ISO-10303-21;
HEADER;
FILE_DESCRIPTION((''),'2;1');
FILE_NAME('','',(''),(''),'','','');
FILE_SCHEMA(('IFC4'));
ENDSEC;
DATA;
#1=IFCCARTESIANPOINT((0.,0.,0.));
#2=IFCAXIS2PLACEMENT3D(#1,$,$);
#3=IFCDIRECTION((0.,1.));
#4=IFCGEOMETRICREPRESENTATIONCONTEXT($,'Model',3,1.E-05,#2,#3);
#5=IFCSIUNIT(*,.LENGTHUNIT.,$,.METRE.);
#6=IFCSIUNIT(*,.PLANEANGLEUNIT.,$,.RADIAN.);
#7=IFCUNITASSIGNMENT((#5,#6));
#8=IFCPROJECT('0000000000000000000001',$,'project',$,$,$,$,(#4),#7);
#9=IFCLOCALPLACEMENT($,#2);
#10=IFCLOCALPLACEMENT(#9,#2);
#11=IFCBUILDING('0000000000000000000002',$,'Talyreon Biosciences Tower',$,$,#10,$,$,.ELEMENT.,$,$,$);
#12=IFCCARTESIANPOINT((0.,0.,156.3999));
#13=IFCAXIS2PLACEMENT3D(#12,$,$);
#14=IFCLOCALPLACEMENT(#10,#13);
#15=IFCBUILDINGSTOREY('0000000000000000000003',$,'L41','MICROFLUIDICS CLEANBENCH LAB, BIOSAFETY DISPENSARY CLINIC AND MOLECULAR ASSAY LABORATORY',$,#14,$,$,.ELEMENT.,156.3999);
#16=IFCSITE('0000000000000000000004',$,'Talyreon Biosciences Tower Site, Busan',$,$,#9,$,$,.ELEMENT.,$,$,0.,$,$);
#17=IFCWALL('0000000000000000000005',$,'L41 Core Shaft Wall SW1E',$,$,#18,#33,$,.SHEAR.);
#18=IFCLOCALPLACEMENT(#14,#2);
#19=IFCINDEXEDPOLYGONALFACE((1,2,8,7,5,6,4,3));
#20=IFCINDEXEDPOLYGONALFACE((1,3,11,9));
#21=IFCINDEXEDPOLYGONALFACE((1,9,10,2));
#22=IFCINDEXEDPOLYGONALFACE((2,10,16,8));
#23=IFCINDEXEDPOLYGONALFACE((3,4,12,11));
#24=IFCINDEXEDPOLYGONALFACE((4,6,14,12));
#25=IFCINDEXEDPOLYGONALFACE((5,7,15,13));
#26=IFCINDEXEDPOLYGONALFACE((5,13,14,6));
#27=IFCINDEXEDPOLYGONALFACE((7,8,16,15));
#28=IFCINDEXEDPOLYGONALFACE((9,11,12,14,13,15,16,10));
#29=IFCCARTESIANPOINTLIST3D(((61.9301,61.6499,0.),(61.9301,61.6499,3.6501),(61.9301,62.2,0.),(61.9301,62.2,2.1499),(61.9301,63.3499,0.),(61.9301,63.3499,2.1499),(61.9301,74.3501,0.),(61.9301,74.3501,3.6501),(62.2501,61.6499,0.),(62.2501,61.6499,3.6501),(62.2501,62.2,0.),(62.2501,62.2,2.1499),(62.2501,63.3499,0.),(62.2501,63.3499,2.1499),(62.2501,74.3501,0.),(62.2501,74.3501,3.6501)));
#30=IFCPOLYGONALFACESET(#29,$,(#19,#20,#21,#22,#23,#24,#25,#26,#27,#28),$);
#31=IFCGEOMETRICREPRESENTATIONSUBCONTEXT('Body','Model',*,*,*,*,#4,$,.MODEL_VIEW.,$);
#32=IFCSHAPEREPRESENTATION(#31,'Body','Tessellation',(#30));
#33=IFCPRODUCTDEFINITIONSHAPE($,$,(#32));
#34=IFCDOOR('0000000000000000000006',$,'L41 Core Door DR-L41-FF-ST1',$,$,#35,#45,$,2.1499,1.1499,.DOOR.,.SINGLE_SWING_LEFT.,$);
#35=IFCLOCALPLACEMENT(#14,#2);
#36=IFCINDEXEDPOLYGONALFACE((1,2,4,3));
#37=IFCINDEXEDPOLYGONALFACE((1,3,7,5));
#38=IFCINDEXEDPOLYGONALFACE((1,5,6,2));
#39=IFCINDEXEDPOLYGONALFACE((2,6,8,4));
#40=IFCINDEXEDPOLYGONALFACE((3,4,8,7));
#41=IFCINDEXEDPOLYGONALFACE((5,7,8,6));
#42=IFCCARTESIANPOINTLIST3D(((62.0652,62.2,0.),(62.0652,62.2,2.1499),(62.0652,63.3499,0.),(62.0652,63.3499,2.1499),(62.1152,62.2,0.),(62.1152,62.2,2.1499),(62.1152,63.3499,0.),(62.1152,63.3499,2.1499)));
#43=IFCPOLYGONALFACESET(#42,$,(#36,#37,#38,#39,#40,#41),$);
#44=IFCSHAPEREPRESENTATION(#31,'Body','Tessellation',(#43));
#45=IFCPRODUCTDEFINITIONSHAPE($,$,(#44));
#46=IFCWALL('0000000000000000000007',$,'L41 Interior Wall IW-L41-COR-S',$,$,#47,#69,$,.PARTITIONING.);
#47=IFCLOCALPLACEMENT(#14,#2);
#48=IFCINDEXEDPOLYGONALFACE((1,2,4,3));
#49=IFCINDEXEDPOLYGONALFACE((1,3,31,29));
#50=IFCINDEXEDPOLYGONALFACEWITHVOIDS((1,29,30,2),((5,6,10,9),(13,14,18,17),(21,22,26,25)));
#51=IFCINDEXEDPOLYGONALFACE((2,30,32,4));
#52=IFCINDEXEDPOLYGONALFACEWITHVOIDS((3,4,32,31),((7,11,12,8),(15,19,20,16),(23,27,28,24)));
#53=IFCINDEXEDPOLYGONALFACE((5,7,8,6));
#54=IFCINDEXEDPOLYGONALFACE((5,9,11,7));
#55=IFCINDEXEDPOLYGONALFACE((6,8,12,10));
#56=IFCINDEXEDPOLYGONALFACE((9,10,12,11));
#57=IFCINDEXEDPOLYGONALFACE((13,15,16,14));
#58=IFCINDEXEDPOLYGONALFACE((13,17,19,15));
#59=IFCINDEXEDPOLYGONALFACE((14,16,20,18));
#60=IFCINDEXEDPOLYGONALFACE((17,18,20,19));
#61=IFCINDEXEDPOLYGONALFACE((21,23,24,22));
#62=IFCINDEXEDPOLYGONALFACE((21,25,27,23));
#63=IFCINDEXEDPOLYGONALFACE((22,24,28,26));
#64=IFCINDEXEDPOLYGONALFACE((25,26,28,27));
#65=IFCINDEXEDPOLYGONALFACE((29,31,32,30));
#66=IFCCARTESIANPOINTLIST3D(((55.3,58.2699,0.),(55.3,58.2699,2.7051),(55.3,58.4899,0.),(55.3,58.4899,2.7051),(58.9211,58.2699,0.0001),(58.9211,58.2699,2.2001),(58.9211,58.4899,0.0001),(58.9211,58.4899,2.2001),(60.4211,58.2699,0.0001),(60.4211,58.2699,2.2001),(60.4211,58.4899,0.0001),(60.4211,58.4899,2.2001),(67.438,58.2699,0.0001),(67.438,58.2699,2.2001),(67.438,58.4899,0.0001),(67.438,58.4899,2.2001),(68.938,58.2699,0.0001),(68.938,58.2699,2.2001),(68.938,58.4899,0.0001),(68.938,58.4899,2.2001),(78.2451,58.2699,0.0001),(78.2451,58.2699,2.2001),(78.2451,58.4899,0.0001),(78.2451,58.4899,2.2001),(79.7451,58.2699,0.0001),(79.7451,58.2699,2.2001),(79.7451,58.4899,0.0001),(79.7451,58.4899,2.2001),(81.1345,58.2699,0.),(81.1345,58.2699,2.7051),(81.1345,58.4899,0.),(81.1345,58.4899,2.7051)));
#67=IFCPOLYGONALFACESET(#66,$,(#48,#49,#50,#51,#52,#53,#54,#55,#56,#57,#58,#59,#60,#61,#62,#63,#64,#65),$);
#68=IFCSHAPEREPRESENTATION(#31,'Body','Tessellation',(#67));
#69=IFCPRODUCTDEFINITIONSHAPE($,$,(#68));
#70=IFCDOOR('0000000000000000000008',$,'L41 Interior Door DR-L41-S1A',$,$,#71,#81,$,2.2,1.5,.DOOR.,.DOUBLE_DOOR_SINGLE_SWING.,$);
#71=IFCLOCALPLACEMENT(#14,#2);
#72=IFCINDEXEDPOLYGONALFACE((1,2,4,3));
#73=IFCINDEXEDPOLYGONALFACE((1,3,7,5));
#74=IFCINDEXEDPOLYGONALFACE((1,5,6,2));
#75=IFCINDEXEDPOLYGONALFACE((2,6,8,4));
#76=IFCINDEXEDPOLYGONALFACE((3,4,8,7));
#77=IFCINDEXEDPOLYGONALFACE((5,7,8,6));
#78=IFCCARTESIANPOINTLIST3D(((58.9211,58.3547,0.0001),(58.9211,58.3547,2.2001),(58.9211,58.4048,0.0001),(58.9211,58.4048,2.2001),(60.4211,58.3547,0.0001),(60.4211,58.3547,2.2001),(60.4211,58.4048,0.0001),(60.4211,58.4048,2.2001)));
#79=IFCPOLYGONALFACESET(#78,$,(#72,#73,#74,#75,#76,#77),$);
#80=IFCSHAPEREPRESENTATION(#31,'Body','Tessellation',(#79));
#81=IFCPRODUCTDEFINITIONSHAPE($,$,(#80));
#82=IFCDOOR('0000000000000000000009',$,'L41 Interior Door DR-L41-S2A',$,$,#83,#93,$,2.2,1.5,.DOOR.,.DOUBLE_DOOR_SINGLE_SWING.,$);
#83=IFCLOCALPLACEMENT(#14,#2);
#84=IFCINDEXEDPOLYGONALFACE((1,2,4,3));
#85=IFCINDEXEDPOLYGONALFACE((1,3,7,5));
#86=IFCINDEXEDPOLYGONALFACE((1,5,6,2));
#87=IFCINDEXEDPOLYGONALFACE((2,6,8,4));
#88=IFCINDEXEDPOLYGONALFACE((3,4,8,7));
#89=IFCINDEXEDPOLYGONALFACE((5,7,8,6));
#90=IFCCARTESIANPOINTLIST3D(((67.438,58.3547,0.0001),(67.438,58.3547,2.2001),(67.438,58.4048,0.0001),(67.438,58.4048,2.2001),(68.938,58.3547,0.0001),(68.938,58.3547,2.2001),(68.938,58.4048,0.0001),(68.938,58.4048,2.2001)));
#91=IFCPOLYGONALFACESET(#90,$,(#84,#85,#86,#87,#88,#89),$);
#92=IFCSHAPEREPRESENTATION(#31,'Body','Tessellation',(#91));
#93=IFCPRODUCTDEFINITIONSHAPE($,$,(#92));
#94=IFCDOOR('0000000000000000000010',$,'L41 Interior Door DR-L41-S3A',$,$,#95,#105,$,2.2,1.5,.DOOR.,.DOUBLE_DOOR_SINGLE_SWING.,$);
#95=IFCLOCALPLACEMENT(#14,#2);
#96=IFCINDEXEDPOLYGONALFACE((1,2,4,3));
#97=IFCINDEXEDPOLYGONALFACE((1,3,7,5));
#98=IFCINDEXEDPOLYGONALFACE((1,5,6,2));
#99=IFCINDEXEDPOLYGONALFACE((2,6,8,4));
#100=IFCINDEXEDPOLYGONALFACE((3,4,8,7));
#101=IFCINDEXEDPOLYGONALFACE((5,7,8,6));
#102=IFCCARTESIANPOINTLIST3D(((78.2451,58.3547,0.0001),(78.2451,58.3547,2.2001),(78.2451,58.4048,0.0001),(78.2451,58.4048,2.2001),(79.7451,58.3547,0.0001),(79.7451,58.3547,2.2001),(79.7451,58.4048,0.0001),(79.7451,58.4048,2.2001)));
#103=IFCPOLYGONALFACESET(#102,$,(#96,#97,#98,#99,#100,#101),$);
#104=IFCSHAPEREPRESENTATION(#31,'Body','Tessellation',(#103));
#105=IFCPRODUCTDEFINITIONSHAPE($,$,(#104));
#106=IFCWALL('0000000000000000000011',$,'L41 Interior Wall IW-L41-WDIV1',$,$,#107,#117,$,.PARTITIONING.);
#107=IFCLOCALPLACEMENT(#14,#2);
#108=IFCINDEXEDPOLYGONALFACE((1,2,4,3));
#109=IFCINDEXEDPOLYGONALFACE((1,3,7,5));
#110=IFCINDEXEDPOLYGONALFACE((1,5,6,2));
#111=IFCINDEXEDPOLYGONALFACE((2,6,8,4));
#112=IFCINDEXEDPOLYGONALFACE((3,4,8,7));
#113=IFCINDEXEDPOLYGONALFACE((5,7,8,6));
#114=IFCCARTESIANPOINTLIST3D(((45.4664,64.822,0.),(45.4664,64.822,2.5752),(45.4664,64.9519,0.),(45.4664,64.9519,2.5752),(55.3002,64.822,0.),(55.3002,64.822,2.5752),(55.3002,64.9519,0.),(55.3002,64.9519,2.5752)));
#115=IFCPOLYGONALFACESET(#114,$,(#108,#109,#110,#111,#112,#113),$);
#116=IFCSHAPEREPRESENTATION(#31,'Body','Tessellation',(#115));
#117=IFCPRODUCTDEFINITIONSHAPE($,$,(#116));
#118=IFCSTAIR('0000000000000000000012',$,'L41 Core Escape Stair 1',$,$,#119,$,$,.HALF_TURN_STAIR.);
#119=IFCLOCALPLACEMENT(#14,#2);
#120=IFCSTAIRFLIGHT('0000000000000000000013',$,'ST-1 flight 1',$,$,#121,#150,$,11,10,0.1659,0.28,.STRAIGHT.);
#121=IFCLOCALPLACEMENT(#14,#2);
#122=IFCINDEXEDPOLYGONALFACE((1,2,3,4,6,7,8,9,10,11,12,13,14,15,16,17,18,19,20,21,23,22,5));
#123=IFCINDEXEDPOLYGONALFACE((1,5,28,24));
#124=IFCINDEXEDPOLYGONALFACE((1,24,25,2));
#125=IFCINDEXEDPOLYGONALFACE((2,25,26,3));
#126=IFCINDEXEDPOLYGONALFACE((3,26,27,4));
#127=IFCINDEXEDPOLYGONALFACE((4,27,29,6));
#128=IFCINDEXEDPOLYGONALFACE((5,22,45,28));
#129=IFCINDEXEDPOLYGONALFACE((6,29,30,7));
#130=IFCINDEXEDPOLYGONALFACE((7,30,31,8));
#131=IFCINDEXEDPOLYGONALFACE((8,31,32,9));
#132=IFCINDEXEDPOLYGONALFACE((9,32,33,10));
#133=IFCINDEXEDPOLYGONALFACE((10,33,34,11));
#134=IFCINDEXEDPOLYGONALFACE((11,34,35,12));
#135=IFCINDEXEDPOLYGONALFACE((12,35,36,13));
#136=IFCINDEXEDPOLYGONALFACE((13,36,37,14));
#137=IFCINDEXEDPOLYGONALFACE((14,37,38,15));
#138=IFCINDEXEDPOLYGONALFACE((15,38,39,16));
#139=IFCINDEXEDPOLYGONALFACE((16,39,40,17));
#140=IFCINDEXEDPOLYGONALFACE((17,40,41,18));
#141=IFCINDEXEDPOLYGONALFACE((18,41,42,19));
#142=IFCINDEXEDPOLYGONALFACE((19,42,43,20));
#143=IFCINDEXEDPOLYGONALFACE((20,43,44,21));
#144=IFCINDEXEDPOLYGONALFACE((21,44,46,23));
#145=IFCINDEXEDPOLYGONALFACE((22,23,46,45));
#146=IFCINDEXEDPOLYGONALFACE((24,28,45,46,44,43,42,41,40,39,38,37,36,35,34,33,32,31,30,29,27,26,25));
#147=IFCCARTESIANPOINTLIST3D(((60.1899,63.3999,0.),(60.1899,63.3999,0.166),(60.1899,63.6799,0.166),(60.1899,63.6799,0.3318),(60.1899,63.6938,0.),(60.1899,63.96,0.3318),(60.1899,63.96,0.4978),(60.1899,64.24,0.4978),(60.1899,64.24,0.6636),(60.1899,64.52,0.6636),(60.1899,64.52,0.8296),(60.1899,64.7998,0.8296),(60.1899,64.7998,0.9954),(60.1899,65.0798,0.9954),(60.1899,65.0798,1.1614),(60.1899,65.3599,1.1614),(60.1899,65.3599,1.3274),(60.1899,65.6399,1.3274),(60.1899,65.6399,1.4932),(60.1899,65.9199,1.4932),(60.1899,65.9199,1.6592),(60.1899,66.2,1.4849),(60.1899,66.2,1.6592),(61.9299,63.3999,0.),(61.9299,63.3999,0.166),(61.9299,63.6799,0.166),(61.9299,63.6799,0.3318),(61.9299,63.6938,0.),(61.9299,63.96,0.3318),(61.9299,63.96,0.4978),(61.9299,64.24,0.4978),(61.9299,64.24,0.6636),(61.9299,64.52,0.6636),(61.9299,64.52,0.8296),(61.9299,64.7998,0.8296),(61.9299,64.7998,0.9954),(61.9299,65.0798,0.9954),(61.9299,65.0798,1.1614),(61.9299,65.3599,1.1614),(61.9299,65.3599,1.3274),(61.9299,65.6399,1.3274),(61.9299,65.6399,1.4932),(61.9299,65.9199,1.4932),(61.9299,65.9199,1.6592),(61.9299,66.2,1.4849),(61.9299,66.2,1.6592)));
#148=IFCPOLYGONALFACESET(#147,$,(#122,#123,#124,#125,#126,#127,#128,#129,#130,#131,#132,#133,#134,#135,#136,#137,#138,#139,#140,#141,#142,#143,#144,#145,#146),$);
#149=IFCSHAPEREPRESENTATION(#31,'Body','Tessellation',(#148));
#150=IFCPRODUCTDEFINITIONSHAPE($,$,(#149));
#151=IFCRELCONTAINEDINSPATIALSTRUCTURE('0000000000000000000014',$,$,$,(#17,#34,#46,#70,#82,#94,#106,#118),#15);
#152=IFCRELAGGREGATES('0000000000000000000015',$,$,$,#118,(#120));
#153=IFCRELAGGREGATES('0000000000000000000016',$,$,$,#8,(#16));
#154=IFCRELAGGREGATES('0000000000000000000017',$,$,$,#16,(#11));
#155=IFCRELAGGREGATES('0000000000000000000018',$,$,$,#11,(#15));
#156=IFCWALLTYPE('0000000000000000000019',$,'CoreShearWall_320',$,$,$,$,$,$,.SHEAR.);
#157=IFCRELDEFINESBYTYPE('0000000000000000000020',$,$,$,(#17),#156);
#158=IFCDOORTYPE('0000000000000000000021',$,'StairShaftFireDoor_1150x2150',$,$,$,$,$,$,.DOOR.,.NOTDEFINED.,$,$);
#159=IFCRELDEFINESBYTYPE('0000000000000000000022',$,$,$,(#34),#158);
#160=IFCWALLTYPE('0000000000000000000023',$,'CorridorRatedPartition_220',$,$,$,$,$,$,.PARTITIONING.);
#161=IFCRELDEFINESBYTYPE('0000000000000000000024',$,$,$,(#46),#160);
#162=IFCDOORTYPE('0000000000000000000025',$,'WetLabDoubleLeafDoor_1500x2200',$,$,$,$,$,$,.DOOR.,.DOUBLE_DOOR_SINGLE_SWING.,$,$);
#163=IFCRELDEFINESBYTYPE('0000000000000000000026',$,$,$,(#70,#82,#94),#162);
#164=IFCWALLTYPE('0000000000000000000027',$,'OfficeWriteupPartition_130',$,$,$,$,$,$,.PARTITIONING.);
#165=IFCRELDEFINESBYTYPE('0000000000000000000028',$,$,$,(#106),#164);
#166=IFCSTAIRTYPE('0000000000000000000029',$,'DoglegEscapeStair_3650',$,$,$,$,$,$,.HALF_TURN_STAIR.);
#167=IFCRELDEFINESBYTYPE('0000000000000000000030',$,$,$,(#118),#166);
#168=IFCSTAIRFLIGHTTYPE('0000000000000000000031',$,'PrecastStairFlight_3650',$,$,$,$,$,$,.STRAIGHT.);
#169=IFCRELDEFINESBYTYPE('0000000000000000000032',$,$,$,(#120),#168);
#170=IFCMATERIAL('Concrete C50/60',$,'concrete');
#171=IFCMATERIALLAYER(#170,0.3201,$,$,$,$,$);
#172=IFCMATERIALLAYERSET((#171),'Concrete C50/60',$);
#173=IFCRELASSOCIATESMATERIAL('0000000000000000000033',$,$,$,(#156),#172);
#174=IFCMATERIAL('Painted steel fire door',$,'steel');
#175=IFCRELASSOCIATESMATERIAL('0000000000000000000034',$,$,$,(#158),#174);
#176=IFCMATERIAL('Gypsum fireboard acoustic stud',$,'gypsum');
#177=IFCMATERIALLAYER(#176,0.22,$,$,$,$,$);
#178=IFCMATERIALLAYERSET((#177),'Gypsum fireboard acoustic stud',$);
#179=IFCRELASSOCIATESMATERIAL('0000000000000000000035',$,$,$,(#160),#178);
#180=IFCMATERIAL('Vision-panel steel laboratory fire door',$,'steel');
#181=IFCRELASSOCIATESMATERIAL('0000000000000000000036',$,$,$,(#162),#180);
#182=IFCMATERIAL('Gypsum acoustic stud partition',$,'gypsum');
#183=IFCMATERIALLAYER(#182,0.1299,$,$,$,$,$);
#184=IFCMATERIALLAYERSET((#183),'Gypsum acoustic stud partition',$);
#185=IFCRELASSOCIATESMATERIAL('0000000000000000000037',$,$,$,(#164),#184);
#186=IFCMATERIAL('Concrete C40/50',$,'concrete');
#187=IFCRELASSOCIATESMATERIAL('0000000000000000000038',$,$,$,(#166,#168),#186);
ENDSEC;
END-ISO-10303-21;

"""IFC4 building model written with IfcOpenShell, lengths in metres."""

from ifc_helpers import new_model, si_unit, direction, frame, frame_2d, origin, place, context, subcontext, project, spatial, polyline, rectangle, outline, extrude, material, layer, layer_set, type_object, element, fill, aggregate, save


model = new_model("IFC4")

# Units and contexts
model_context = context("Model", 3, precision=1e-05, world=origin(), true_north=direction((0.0, 1.0)))
body_context = subcontext(model_context, "Body", "Model", "MODEL_VIEW")
ifc_project = project(units=[si_unit("LENGTHUNIT", "METRE"), si_unit("PLANEANGLEUNIT", "RADIAN")], contexts=[model_context])

# Site, building, storey
site_placement = place(None, origin())
site = spatial("IfcSite", under=ifc_project, at=site_placement, Name="Talyreon Biosciences Tower Site, Busan", CompositionType="ELEMENT", RefElevation=0.0)
building_placement = place(site_placement, origin())
building = spatial("IfcBuilding", under=site, at=building_placement, Name="Talyreon Biosciences Tower", CompositionType="ELEMENT")
storey_placement = place(building_placement, frame((0.0, 0.0, 156.3999)))
storey = spatial("IfcBuildingStorey", under=building, at=storey_placement, Name="L41", Description="MICROFLUIDICS CLEANBENCH LAB, BIOSAFETY DISPENSARY CLINIC AND MOLECULAR ASSAY LABORATORY", CompositionType="ELEMENT", Elevation=156.3999)

# Shared definitions
ifc_material_1 = material(Name="Concrete C50/60", Category="concrete")

# Wall, opening, door
ifc_layer_1 = layer(ifc_material_1, 0.3201)
ifc_layer_set_1 = layer_set([ifc_layer_1], Name="Concrete C50/60")
wall_type_1 = type_object("IfcWallType", Name="CoreShearWall_320", PredefinedType="SHEAR", material=ifc_layer_set_1)
wall_1_placement = place(storey_placement, frame((62.0901, 61.6499, 0.0), z_axis=(0.0, 0.0, 1.0), x_axis=(0.0, 1.0, 0.0)))
wall_1 = element("IfcWall", 1, at=wall_1_placement, inside=storey, type_object=wall_type_1, Name="L41 Core Shaft Wall SW1E", PredefinedType="SHEAR", context=body_context, shape_type="SweptSolid", body=[
    extrude(rectangle(XDim=12.7002, YDim=0.3201, at=frame_2d((6.3501, 0.0))), origin(), (0.0, 0.0, 1.0), 3.6501),
])
opening_1_placement = place(wall_1_placement, frame((0.55, 0.0, 0.0)))
opening_1 = element("IfcOpeningElement", 2, at=opening_1_placement, cuts=wall_1, PredefinedType="OPENING", context=body_context, shape_type="SweptSolid", body=[
    extrude(rectangle(XDim=1.1499, YDim=2.1499, at=frame_2d((0.575, 1.075))), frame((0.0, 0.1699, 0.0), z_axis=(0.0, -1.0, 0.0), x_axis=(1.0, 0.0, 0.0)), (0.0, 0.0, 1.0), 0.3401),
])
ifc_material_2 = material(Name="Painted steel fire door", Category="steel")
door_type_1 = type_object("IfcDoorType", Name="StairShaftFireDoor_1150x2150", OperationType="NOTDEFINED", PredefinedType="DOOR", material=ifc_material_2)
door_1_placement = place(opening_1_placement, origin())
door_1 = element("IfcDoor", 3, at=door_1_placement, inside=storey, type_object=door_type_1, Name="L41 Core Door DR-L41-FF-ST1", OperationType="SINGLE_SWING_LEFT", OverallHeight=2.1499, OverallWidth=1.1499, PredefinedType="DOOR", context=body_context, shape_type="SweptSolid", body=[
    extrude(rectangle(XDim=1.1499, YDim=2.1499, at=frame_2d((0.575, 1.075))), frame((0.0, 0.0249, 0.0), z_axis=(0.0, -1.0, 0.0), x_axis=(1.0, 0.0, 0.0)), (0.0, 0.0, 1.0), 0.05),
])
fill(opening_1, door_1)

# Wall, openings, doors
ifc_material_3 = material(Name="Gypsum fireboard acoustic stud", Category="gypsum")
ifc_layer_2 = layer(ifc_material_3, 0.22)
ifc_layer_set_2 = layer_set([ifc_layer_2], Name="Gypsum fireboard acoustic stud")
wall_type_2 = type_object("IfcWallType", Name="CorridorRatedPartition_220", PredefinedType="PARTITIONING", material=ifc_layer_set_2)
wall_2_placement = place(storey_placement, frame((55.3, 58.3799, 0.0), z_axis=(0.0, 0.0, 1.0), x_axis=(1.0, 0.0, 0.0)))
wall_2 = element("IfcWall", 4, at=wall_2_placement, inside=storey, type_object=wall_type_2, Name="L41 Interior Wall IW-L41-COR-S", PredefinedType="PARTITIONING", context=body_context, shape_type="SweptSolid", body=[
    extrude(rectangle(XDim=25.8345, YDim=0.22, at=frame_2d((12.9172, 0.0))), origin(), (0.0, 0.0, 1.0), 2.7051),
])
opening_2_placement = place(wall_2_placement, frame((3.6211, 0.0, 0.0)))
opening_2 = element("IfcOpeningElement", 5, at=opening_2_placement, cuts=wall_2, PredefinedType="OPENING", context=body_context, shape_type="SweptSolid", body=[
    extrude(rectangle(XDim=1.5, YDim=2.2, at=frame_2d((0.75, 1.1001))), frame((0.0, 0.1199, 0.0), z_axis=(0.0, -1.0, 0.0), x_axis=(1.0, 0.0, 0.0)), (0.0, 0.0, 1.0), 0.24),
])
opening_3_placement = place(wall_2_placement, frame((12.1379, 0.0, 0.0)))
opening_3 = element("IfcOpeningElement", 6, at=opening_3_placement, cuts=wall_2, PredefinedType="OPENING", context=body_context, shape_type="SweptSolid", body=[
    extrude(rectangle(XDim=1.5, YDim=2.2, at=frame_2d((0.75, 1.1001))), frame((0.0, 0.1199, 0.0), z_axis=(0.0, -1.0, 0.0), x_axis=(1.0, 0.0, 0.0)), (0.0, 0.0, 1.0), 0.24),
])
opening_4_placement = place(wall_2_placement, frame((22.9451, 0.0, 0.0)))
opening_4 = element("IfcOpeningElement", 7, at=opening_4_placement, cuts=wall_2, PredefinedType="OPENING", context=body_context, shape_type="SweptSolid", body=[
    extrude(rectangle(XDim=1.5, YDim=2.2, at=frame_2d((0.75, 1.1001))), frame((0.0, 0.1199, 0.0), z_axis=(0.0, -1.0, 0.0), x_axis=(1.0, 0.0, 0.0)), (0.0, 0.0, 1.0), 0.24),
])
ifc_material_4 = material(Name="Vision-panel steel laboratory fire door", Category="steel")
door_type_2 = type_object("IfcDoorType", Name="WetLabDoubleLeafDoor_1500x2200", OperationType="DOUBLE_DOOR_SINGLE_SWING", PredefinedType="DOOR", material=ifc_material_4)
door_2_placement = place(opening_2_placement, origin())
door_2 = element("IfcDoor", 8, at=door_2_placement, inside=storey, type_object=door_type_2, Name="L41 Interior Door DR-L41-S1A", OperationType="DOUBLE_DOOR_SINGLE_SWING", OverallHeight=2.2, OverallWidth=1.5, PredefinedType="DOOR", context=body_context, shape_type="SweptSolid", body=[
    extrude(rectangle(XDim=1.5, YDim=2.2, at=frame_2d((0.75, 1.1001))), frame((0.0, 0.0249, 0.0), z_axis=(0.0, -1.0, 0.0), x_axis=(1.0, 0.0, 0.0)), (0.0, 0.0, 1.0), 0.05),
])
fill(opening_2, door_2)
door_3_placement = place(opening_3_placement, origin())
door_3 = element("IfcDoor", 9, at=door_3_placement, inside=storey, type_object=door_type_2, Name="L41 Interior Door DR-L41-S2A", OperationType="DOUBLE_DOOR_SINGLE_SWING", OverallHeight=2.2, OverallWidth=1.5, PredefinedType="DOOR", context=body_context, shape_type="SweptSolid", body=[
    extrude(rectangle(XDim=1.5, YDim=2.2, at=frame_2d((0.75, 1.1001))), frame((0.0, 0.0249, 0.0), z_axis=(0.0, -1.0, 0.0), x_axis=(1.0, 0.0, 0.0)), (0.0, 0.0, 1.0), 0.05),
])
fill(opening_3, door_3)
door_4_placement = place(opening_4_placement, origin())
door_4 = element("IfcDoor", 10, at=door_4_placement, inside=storey, type_object=door_type_2, Name="L41 Interior Door DR-L41-S3A", OperationType="DOUBLE_DOOR_SINGLE_SWING", OverallHeight=2.2, OverallWidth=1.5, PredefinedType="DOOR", context=body_context, shape_type="SweptSolid", body=[
    extrude(rectangle(XDim=1.5, YDim=2.2, at=frame_2d((0.75, 1.1001))), frame((0.0, 0.0249, 0.0), z_axis=(0.0, -1.0, 0.0), x_axis=(1.0, 0.0, 0.0)), (0.0, 0.0, 1.0), 0.05),
])
fill(opening_4, door_4)

# Wall
ifc_material_5 = material(Name="Gypsum acoustic stud partition", Category="gypsum")
ifc_layer_3 = layer(ifc_material_5, 0.1299)
ifc_layer_set_3 = layer_set([ifc_layer_3], Name="Gypsum acoustic stud partition")
wall_type_3 = type_object("IfcWallType", Name="OfficeWriteupPartition_130", PredefinedType="PARTITIONING", material=ifc_layer_set_3)
wall_3_placement = place(storey_placement, frame((45.4663, 64.887, 0.0), z_axis=(0.0, 0.0, 1.0), x_axis=(1.0, 0.0, 0.0)))
element("IfcWall", 11, at=wall_3_placement, inside=storey, type_object=wall_type_3, Name="L41 Interior Wall IW-L41-WDIV1", PredefinedType="PARTITIONING", context=body_context, shape_type="SweptSolid", body=[
    extrude(rectangle(XDim=9.8337, YDim=0.1299, at=frame_2d((4.917, 0.0))), origin(), (0.0, 0.0, 1.0), 2.5752),
])

# Stair, stair flight
ifc_material_6 = material(Name="Concrete C40/50", Category="concrete")
stair_type = type_object("IfcStairType", Name="DoglegEscapeStair_3650", PredefinedType="HALF_TURN_STAIR", material=ifc_material_6)
stair_placement = place(storey_placement, origin())
stair = element("IfcStair", 12, at=stair_placement, inside=storey, type_object=stair_type, Name="L41 Core Escape Stair 1", PredefinedType="HALF_TURN_STAIR")
stair_flight_type = type_object("IfcStairFlightType", Name="PrecastStairFlight_3650", PredefinedType="STRAIGHT", material=ifc_material_6)
stair_flight_placement = place(storey_placement, frame((61.0601, 63.3999, 0.0), z_axis=(0.0, 0.0, 1.0), x_axis=(0.0, 1.0, 0.0)))
stair_flight = element("IfcStairFlight", 13, at=stair_flight_placement, type_object=stair_flight_type, Name="ST-1 flight 1", NumberOfRisers=11, NumberOfTreads=10, PredefinedType="STRAIGHT", RiserHeight=0.1659, TreadLength=0.28, context=body_context, shape_type="SweptSolid", body=[
    extrude(outline(polyline([(0.0, 0.0), (0.0, 0.166), (0.28, 0.166), (0.28, 0.3318), (0.5601, 0.3318), (0.5601, 0.4978), (0.8401, 0.4978), (0.8401, 0.6636), (1.1201, 0.6636), (1.1201, 0.8296), (1.3999, 0.8296), (1.3999, 0.9954), (1.6799, 0.9954), (1.6799, 1.1614), (1.96, 1.1614), (1.96, 1.3274), (2.24, 1.3274), (2.24, 1.4932), (2.52, 1.4932), (2.52, 1.6592), (2.8, 1.6592), (2.8, 1.825), (2.8, 1.4849), (0.2939, 0.0), (0.0, 0.0)])), frame((0.0, 0.8701, 0.0), z_axis=(0.0, -1.0, 0.0), x_axis=(1.0, 0.0, 0.0)), (0.0, 0.0, 1.0), 1.74),
])
aggregate(stair, [stair_flight])

save(model, "model.ifc")
